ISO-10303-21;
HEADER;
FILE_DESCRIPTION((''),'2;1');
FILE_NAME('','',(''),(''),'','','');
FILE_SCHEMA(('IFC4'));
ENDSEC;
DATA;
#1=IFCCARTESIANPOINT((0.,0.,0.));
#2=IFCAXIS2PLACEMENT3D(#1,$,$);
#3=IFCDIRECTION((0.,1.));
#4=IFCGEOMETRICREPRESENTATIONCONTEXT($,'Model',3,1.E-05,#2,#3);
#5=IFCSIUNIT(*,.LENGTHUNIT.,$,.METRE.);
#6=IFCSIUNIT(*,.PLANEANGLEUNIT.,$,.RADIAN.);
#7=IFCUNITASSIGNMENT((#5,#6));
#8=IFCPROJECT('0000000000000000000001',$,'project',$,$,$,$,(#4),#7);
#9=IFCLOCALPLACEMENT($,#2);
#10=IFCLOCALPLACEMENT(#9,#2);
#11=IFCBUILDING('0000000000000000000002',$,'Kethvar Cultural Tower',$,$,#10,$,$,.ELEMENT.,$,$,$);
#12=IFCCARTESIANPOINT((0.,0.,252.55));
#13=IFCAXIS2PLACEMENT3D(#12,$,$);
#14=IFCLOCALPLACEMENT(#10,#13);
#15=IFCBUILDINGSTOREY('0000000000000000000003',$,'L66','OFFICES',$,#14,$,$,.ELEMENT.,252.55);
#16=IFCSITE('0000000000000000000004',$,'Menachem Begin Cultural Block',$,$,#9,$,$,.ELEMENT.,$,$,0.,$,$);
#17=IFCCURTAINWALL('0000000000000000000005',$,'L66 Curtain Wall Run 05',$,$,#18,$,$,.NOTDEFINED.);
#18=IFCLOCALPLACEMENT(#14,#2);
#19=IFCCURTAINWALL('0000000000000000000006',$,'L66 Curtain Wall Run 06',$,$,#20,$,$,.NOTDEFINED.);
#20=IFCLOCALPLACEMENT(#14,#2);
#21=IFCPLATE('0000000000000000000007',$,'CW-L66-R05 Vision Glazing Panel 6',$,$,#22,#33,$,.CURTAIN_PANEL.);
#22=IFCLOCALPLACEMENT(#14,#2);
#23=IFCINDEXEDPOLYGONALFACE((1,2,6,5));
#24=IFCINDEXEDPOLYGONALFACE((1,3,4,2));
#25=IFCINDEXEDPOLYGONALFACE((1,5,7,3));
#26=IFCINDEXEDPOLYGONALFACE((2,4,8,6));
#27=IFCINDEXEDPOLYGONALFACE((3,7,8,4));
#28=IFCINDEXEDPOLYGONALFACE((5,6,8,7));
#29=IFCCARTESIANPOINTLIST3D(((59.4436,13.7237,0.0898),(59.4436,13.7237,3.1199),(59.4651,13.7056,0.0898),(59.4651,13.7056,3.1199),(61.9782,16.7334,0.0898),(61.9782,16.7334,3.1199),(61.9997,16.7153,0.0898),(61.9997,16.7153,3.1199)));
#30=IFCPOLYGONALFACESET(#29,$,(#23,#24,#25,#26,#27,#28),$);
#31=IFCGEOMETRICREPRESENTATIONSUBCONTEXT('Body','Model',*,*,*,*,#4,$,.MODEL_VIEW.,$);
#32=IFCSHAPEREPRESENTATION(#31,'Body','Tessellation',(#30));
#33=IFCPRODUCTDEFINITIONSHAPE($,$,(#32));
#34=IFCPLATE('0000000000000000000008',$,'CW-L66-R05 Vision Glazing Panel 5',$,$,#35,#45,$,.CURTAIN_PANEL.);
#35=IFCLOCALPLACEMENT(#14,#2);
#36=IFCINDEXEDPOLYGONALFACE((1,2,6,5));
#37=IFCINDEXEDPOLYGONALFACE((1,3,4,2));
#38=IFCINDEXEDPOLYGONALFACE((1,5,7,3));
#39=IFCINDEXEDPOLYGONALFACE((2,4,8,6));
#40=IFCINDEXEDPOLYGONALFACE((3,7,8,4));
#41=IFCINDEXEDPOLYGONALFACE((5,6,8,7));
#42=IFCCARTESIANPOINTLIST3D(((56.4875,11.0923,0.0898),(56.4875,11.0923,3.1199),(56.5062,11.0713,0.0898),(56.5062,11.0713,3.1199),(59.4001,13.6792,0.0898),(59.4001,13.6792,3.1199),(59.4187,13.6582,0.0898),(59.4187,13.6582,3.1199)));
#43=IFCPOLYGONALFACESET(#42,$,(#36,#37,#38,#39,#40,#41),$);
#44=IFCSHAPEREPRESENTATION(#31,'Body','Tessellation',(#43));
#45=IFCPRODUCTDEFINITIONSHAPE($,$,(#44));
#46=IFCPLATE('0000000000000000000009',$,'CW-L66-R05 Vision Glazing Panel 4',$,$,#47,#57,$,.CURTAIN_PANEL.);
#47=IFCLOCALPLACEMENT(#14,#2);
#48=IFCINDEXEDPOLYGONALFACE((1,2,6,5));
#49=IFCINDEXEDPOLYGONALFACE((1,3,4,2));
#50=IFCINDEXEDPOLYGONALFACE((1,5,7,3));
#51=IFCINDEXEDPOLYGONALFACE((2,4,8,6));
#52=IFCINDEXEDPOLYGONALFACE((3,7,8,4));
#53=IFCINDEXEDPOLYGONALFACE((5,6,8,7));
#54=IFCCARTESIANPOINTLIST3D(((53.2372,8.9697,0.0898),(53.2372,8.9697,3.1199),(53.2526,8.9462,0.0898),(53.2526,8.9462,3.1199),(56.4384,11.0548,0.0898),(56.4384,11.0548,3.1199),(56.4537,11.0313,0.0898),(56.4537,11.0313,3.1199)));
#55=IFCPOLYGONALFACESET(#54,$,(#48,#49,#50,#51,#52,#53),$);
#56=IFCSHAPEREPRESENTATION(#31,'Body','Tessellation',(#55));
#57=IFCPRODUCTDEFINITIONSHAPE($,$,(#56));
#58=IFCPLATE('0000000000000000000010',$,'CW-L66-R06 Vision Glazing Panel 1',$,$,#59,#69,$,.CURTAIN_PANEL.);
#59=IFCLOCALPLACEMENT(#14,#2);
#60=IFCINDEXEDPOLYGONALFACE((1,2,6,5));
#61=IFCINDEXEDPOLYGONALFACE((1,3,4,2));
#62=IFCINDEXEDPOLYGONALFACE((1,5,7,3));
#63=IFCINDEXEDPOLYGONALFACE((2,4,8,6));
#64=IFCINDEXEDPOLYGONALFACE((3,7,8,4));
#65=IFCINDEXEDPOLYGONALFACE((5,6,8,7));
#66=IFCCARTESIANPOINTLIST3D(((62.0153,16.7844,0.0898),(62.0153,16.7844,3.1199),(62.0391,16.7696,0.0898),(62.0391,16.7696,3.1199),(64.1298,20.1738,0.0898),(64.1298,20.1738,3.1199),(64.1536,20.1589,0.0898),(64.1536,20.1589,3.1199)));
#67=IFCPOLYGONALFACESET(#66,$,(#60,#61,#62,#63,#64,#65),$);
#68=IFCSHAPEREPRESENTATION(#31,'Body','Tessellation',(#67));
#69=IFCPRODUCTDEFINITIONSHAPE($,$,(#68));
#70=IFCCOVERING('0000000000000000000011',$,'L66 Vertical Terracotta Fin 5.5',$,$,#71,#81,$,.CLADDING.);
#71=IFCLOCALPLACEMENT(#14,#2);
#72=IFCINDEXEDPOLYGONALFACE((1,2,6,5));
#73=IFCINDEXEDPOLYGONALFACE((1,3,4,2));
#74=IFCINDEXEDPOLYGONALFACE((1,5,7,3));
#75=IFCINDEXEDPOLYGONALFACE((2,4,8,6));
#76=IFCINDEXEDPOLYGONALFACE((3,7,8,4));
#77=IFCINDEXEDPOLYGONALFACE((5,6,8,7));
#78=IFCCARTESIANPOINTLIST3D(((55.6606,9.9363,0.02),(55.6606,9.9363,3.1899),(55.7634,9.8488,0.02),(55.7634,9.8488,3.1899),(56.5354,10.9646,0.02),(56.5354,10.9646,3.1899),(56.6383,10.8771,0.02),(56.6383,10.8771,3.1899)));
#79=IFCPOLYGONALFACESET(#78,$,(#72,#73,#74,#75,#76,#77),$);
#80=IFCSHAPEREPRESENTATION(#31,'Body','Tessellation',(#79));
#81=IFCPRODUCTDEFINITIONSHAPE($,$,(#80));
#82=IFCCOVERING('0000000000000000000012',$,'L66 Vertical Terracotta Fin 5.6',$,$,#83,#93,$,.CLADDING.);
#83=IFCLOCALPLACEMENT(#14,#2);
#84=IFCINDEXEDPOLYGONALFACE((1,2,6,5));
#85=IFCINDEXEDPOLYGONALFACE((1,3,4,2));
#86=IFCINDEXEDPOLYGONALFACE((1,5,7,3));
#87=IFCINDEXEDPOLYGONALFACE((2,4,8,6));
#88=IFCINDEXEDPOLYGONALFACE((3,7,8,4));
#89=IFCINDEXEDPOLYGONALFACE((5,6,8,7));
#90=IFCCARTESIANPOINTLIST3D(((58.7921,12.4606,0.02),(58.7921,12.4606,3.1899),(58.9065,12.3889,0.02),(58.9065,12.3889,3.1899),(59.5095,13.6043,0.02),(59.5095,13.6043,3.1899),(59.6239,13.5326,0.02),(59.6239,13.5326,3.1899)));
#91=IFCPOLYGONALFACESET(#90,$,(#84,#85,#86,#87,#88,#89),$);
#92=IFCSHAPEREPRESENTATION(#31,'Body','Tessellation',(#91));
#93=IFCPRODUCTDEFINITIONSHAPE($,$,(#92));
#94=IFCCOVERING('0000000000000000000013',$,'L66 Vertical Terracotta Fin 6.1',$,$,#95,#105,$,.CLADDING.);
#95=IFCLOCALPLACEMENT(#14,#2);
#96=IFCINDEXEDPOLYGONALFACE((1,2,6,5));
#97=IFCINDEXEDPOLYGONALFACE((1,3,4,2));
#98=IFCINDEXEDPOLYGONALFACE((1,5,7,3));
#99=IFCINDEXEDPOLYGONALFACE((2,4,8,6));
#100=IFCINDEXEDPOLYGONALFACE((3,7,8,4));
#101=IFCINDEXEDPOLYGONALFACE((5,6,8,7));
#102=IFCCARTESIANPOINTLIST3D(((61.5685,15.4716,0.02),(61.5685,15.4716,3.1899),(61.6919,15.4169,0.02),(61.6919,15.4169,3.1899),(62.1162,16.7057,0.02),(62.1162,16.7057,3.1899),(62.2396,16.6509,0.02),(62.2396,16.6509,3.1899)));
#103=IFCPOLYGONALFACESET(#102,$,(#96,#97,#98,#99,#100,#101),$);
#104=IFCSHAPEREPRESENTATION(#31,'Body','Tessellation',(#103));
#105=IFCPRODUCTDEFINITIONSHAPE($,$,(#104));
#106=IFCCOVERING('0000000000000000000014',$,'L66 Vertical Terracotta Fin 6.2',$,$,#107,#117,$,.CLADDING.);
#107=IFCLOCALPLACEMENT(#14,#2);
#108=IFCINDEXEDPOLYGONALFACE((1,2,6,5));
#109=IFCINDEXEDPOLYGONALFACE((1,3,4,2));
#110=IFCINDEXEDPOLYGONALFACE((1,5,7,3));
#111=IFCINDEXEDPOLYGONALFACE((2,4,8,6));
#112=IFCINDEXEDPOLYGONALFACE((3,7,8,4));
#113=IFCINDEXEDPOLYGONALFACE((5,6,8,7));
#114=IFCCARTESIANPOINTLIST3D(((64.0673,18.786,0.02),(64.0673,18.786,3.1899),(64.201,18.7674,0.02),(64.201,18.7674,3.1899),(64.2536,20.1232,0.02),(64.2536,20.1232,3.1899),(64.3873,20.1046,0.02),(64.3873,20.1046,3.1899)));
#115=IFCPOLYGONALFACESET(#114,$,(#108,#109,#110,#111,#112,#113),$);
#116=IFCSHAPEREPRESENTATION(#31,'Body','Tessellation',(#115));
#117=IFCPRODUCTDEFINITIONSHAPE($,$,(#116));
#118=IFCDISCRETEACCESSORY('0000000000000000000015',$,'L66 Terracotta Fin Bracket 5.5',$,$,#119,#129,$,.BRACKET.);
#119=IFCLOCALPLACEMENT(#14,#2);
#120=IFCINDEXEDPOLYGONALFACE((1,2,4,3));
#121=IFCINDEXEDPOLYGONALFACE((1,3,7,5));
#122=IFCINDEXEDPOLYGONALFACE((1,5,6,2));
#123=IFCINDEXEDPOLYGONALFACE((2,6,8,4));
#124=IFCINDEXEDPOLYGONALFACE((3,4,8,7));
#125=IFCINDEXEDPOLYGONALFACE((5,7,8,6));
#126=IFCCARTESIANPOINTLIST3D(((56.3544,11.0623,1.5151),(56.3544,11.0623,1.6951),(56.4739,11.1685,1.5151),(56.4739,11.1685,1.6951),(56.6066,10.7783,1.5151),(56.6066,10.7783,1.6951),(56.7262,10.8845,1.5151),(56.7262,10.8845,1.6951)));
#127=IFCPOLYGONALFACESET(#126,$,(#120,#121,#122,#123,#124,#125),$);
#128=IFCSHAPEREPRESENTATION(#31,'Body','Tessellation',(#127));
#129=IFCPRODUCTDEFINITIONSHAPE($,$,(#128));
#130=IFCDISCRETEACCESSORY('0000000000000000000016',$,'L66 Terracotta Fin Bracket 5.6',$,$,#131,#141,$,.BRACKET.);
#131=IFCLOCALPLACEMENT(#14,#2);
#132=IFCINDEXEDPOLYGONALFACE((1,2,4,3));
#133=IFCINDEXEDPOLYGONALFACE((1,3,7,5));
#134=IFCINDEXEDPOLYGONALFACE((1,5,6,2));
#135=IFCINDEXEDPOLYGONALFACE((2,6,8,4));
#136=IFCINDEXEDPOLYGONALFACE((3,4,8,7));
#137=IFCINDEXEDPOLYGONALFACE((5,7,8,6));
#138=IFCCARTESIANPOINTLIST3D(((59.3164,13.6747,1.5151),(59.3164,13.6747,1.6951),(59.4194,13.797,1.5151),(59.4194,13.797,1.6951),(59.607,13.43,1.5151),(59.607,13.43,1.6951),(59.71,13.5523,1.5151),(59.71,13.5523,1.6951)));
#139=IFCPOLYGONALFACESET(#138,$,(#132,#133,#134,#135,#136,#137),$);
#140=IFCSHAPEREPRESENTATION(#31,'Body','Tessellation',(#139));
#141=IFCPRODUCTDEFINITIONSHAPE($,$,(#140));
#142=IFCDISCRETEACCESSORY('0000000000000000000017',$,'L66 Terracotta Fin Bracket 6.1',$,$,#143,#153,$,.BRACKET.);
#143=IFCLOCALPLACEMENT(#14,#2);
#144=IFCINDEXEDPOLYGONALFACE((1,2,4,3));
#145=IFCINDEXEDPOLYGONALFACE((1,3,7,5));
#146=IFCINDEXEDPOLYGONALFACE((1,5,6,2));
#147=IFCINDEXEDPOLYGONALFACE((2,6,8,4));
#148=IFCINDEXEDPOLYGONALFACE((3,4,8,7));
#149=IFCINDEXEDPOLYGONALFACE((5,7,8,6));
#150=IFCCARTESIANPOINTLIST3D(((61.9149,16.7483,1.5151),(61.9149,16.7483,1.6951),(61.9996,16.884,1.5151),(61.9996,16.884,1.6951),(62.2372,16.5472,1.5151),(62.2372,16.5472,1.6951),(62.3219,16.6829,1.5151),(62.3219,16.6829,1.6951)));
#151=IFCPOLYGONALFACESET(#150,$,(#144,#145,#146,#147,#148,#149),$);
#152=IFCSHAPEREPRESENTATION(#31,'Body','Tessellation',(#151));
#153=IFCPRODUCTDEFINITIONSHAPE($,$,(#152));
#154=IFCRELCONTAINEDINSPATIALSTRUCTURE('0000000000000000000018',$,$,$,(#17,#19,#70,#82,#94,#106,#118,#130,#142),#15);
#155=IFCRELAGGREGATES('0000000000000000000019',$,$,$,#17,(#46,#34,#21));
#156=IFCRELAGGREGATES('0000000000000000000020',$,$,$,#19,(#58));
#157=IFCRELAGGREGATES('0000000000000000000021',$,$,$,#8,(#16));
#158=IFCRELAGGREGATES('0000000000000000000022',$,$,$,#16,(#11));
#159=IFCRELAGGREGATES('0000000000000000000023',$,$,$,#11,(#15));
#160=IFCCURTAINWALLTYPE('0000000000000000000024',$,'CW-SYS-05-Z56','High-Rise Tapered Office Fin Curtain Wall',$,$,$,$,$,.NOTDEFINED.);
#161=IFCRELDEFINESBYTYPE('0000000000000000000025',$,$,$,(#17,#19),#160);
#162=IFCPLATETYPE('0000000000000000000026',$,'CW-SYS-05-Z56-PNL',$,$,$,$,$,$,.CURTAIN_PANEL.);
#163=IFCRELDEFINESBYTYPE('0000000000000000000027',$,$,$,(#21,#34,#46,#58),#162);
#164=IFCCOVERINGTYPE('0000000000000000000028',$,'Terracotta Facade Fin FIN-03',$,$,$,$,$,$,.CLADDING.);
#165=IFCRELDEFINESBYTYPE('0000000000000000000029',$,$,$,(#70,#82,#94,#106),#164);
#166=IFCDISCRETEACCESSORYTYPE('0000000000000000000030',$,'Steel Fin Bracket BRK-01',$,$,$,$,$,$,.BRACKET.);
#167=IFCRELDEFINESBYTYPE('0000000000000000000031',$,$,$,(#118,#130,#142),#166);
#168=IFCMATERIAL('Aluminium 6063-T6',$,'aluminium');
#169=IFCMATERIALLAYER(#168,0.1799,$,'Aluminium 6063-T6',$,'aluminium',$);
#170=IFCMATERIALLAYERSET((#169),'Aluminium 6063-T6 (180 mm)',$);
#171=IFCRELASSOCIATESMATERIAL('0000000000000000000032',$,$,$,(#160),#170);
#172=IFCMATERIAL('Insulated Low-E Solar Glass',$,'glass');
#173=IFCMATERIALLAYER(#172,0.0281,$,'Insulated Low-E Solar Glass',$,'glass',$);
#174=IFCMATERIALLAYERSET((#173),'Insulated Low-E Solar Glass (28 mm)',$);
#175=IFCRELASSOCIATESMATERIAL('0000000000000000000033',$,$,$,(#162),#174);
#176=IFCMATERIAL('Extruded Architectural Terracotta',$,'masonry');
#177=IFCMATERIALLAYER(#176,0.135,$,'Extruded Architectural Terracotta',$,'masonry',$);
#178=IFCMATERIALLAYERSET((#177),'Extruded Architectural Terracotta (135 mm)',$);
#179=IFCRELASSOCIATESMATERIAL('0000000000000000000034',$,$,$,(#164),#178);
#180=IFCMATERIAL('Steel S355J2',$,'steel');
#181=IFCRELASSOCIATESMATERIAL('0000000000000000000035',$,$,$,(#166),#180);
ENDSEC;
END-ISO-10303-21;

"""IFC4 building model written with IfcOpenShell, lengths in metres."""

from ifc_helpers import new_model, si_unit, direction, frame, origin, origin_2d, place, context, subcontext, project, spatial, rectangle, extrude, source, transform, mapped, material, layer, layer_set, type_object, element, aggregate, save


model = new_model("IFC4")

# Units and contexts
model_context = context("Model", 3, precision=1e-05, world=origin(), true_north=direction((0.0, 1.0)))
body_context = subcontext(model_context, "Body", "Model", "MODEL_VIEW")
ifc_project = project(units=[si_unit("LENGTHUNIT", "METRE"), si_unit("PLANEANGLEUNIT", "RADIAN")], contexts=[model_context])

# Site, building, storey
site_placement = place(None, origin())
site = spatial("IfcSite", under=ifc_project, at=site_placement, Name="Menachem Begin Cultural Block", CompositionType="ELEMENT", RefElevation=0.0)
building_placement = place(site_placement, origin())
building = spatial("IfcBuilding", under=site, at=building_placement, Name="Kethvar Cultural Tower", CompositionType="ELEMENT")
storey_placement = place(building_placement, frame((0.0, 0.0, 252.55)))
storey = spatial("IfcBuildingStorey", under=building, at=storey_placement, Name="L66", Description="OFFICES", CompositionType="ELEMENT", Elevation=252.55)

# Shared definitions
ifc_material_1 = material(Name="Steel S355J2", Category="steel")

# Curtain wall
ifc_material_2 = material(Name="Aluminium 6063-T6", Category="aluminium")
ifc_layer_1 = layer(ifc_material_2, 0.1799, Name="Aluminium 6063-T6", Category="aluminium")
ifc_layer_set_1 = layer_set([ifc_layer_1], Name="Aluminium 6063-T6 (180 mm)")
curtain_wall_type = type_object("IfcCurtainWallType", Name="CW-SYS-05-Z56", Description="High-Rise Tapered Office Fin Curtain Wall", PredefinedType="NOTDEFINED", material=ifc_layer_set_1)
curtain_wall_1_placement = place(storey_placement, origin())
curtain_wall_1 = element("IfcCurtainWall", 1, at=curtain_wall_1_placement, inside=storey, type_object=curtain_wall_type, Name="L66 Curtain Wall Run 05", PredefinedType="NOTDEFINED")

# Curtain wall
curtain_wall_2_placement = place(storey_placement, origin())
curtain_wall_2 = element("IfcCurtainWall", 2, at=curtain_wall_2_placement, inside=storey, type_object=curtain_wall_type, Name="L66 Curtain Wall Run 06", PredefinedType="NOTDEFINED")

# Plates
ifc_material_3 = material(Name="Insulated Low-E Solar Glass", Category="glass")
ifc_layer_2 = layer(ifc_material_3, 0.0281, Name="Insulated Low-E Solar Glass", Category="glass")
ifc_layer_set_2 = layer_set([ifc_layer_2], Name="Insulated Low-E Solar Glass (28 mm)")
plate_type = type_object("IfcPlateType", Name="CW-SYS-05-Z56-PNL", PredefinedType="CURTAIN_PANEL", material=ifc_layer_set_2)
shared_shape_1 = source(origin(), body_context, "Body", "SweptSolid", [
    extrude(rectangle(XDim=3.9348, YDim=0.0281, at=origin_2d()), origin(), (0.0, 0.0, 1.0), 3.03),
])
plate_1_placement = place(storey_placement, frame((60.7217, 15.2195, 0.0898), z_axis=(0.0, 0.0, 1.0), x_axis=(0.64415, 0.764899, 0.0)))
plate_1 = element("IfcPlate", 3, at=plate_1_placement, type_object=plate_type, Name="CW-L66-R05 Vision Glazing Panel 6", PredefinedType="CURTAIN_PANEL", context=body_context, shape_type="MappedRepresentation", body=[
    mapped(shared_shape_1, transform((0.0, 0.0, 0.0), scale=1.0)),
])
shared_shape_2 = source(origin(), body_context, "Body", "SweptSolid", [
    extrude(rectangle(XDim=3.8955, YDim=0.0281, at=origin_2d()), origin(), (0.0, 0.0, 1.0), 3.03),
])
plate_2_placement = place(storey_placement, frame((57.9531, 12.3752, 0.0898), z_axis=(0.0, 0.0, 1.0), x_axis=(0.747671, 0.66407, 0.0)))
plate_2 = element("IfcPlate", 4, at=plate_2_placement, type_object=plate_type, Name="CW-L66-R05 Vision Glazing Panel 5", PredefinedType="CURTAIN_PANEL", context=body_context, shape_type="MappedRepresentation", body=[
    mapped(shared_shape_2, transform((0.0, 0.0, 0.0), scale=1.0)),
])
shared_shape_3 = source(origin(), body_context, "Body", "SweptSolid", [
    extrude(rectangle(XDim=3.8203, YDim=0.0281, at=origin_2d()), origin(), (0.0, 0.0, 1.0), 3.03),
])
plate_3_placement = place(storey_placement, frame((54.8455, 10.0005, 0.0898), z_axis=(0.0, 0.0, 1.0), x_axis=(0.837919, 0.545795, 0.0)))
plate_3 = element("IfcPlate", 5, at=plate_3_placement, type_object=plate_type, Name="CW-L66-R05 Vision Glazing Panel 4", PredefinedType="CURTAIN_PANEL", context=body_context, shape_type="MappedRepresentation", body=[
    mapped(shared_shape_3, transform((0.0, 0.0, 0.0), scale=1.0)),
])
aggregate(curtain_wall_1, [plate_3, plate_2, plate_1])
shared_shape_4 = source(origin(), body_context, "Body", "SweptSolid", [
    extrude(rectangle(XDim=3.9949, YDim=0.0281, at=origin_2d()), origin(), (0.0, 0.0, 1.0), 3.03),
])
plate_4_placement = place(storey_placement, frame((63.0845, 18.4717, 0.0898), z_axis=(0.0, 0.0, 1.0), x_axis=(0.529297, 0.848436, 0.0)))
plate_4 = element("IfcPlate", 6, at=plate_4_placement, type_object=plate_type, Name="CW-L66-R06 Vision Glazing Panel 1", PredefinedType="CURTAIN_PANEL", context=body_context, shape_type="MappedRepresentation", body=[
    mapped(shared_shape_4, transform((0.0, 0.0, 0.0), scale=1.0)),
])
aggregate(curtain_wall_2, [plate_4])

# Coverings
ifc_material_4 = material(Name="Extruded Architectural Terracotta", Category="masonry")
ifc_layer_3 = layer(ifc_material_4, 0.135, Name="Extruded Architectural Terracotta", Category="masonry")
ifc_layer_set_3 = layer_set([ifc_layer_3], Name="Extruded Architectural Terracotta (135 mm)")
covering_type = type_object("IfcCoveringType", Name="Terracotta Facade Fin FIN-03", PredefinedType="CLADDING", material=ifc_layer_set_3)
shared_shape_5 = source(origin(), body_context, "Body", "SweptSolid", [
    extrude(rectangle(XDim=1.3501, YDim=0.135, at=origin_2d()), origin(), (0.0, 0.0, 1.0), 3.1699),
])
for number, where, z_axis, x_axis, name in (
    (7, (56.1494, 10.4067, 0.02), (0.0, 0.0, 1.0), (-0.647987, -0.761651, 0.0), "L66 Vertical Terracotta Fin 5.5"),
    (8, (59.208, 12.9966, 0.02), (0.0, 0.0, 1.0), (-0.531399, -0.847122, 0.0), "L66 Vertical Terracotta Fin 5.6"),
    (9, (61.9041, 16.0613, 0.02), (0.0, 0.0, 1.0), (-0.40562, -0.914042, 0.0), "L66 Vertical Terracotta Fin 6.1"),
    (10, (64.2273, 19.4453, 0.02), (0.0, 0.0, 1.0), (-0.137963, -0.990437, 0.0), "L66 Vertical Terracotta Fin 6.2"),
):
    element("IfcCovering", number, at=place(storey_placement, frame(where, z_axis=z_axis, x_axis=x_axis)), inside=storey, type_object=covering_type, Name=name, PredefinedType="CLADDING", context=body_context, shape_type="MappedRepresentation", body=[
        mapped(shared_shape_5, transform((0.0, 0.0, 0.0), scale=1.0)),
    ])

# Discrete accessories
discrete_accessory_type = type_object("IfcDiscreteAccessoryType", Name="Steel Fin Bracket BRK-01", PredefinedType="BRACKET", material=ifc_material_1)
shared_shape_6 = source(origin(), body_context, "Body", "SweptSolid", [
    extrude(rectangle(XDim=0.3799, YDim=0.1599, at=origin_2d()), origin(), (0.0, 0.0, 1.0), 0.1799),
])
for number, where, z_axis, x_axis, name in (
    (11, (56.5403, 10.9734, 1.5151), (0.0, 0.0, 1.0), (0.664057, -0.747682, 0.0), "L66 Terracotta Fin Bracket 5.5"),
    (12, (59.5132, 13.6135, 1.5151), (0.0, 0.0, 1.0), (0.764921, -0.644124, 0.0), "L66 Terracotta Fin Bracket 5.6"),
    (13, (62.1184, 16.7156, 1.5151), (0.0, 0.0, 1.0), (0.848418, -0.529327, 0.0), "L66 Terracotta Fin Bracket 6.1"),
):
    element("IfcDiscreteAccessory", number, at=place(storey_placement, frame(where, z_axis=z_axis, x_axis=x_axis)), inside=storey, type_object=discrete_accessory_type, Name=name, PredefinedType="BRACKET", context=body_context, shape_type="MappedRepresentation", body=[
        mapped(shared_shape_6, transform((0.0, 0.0, 0.0), scale=1.0)),
    ])

save(model, "model.ifc")
